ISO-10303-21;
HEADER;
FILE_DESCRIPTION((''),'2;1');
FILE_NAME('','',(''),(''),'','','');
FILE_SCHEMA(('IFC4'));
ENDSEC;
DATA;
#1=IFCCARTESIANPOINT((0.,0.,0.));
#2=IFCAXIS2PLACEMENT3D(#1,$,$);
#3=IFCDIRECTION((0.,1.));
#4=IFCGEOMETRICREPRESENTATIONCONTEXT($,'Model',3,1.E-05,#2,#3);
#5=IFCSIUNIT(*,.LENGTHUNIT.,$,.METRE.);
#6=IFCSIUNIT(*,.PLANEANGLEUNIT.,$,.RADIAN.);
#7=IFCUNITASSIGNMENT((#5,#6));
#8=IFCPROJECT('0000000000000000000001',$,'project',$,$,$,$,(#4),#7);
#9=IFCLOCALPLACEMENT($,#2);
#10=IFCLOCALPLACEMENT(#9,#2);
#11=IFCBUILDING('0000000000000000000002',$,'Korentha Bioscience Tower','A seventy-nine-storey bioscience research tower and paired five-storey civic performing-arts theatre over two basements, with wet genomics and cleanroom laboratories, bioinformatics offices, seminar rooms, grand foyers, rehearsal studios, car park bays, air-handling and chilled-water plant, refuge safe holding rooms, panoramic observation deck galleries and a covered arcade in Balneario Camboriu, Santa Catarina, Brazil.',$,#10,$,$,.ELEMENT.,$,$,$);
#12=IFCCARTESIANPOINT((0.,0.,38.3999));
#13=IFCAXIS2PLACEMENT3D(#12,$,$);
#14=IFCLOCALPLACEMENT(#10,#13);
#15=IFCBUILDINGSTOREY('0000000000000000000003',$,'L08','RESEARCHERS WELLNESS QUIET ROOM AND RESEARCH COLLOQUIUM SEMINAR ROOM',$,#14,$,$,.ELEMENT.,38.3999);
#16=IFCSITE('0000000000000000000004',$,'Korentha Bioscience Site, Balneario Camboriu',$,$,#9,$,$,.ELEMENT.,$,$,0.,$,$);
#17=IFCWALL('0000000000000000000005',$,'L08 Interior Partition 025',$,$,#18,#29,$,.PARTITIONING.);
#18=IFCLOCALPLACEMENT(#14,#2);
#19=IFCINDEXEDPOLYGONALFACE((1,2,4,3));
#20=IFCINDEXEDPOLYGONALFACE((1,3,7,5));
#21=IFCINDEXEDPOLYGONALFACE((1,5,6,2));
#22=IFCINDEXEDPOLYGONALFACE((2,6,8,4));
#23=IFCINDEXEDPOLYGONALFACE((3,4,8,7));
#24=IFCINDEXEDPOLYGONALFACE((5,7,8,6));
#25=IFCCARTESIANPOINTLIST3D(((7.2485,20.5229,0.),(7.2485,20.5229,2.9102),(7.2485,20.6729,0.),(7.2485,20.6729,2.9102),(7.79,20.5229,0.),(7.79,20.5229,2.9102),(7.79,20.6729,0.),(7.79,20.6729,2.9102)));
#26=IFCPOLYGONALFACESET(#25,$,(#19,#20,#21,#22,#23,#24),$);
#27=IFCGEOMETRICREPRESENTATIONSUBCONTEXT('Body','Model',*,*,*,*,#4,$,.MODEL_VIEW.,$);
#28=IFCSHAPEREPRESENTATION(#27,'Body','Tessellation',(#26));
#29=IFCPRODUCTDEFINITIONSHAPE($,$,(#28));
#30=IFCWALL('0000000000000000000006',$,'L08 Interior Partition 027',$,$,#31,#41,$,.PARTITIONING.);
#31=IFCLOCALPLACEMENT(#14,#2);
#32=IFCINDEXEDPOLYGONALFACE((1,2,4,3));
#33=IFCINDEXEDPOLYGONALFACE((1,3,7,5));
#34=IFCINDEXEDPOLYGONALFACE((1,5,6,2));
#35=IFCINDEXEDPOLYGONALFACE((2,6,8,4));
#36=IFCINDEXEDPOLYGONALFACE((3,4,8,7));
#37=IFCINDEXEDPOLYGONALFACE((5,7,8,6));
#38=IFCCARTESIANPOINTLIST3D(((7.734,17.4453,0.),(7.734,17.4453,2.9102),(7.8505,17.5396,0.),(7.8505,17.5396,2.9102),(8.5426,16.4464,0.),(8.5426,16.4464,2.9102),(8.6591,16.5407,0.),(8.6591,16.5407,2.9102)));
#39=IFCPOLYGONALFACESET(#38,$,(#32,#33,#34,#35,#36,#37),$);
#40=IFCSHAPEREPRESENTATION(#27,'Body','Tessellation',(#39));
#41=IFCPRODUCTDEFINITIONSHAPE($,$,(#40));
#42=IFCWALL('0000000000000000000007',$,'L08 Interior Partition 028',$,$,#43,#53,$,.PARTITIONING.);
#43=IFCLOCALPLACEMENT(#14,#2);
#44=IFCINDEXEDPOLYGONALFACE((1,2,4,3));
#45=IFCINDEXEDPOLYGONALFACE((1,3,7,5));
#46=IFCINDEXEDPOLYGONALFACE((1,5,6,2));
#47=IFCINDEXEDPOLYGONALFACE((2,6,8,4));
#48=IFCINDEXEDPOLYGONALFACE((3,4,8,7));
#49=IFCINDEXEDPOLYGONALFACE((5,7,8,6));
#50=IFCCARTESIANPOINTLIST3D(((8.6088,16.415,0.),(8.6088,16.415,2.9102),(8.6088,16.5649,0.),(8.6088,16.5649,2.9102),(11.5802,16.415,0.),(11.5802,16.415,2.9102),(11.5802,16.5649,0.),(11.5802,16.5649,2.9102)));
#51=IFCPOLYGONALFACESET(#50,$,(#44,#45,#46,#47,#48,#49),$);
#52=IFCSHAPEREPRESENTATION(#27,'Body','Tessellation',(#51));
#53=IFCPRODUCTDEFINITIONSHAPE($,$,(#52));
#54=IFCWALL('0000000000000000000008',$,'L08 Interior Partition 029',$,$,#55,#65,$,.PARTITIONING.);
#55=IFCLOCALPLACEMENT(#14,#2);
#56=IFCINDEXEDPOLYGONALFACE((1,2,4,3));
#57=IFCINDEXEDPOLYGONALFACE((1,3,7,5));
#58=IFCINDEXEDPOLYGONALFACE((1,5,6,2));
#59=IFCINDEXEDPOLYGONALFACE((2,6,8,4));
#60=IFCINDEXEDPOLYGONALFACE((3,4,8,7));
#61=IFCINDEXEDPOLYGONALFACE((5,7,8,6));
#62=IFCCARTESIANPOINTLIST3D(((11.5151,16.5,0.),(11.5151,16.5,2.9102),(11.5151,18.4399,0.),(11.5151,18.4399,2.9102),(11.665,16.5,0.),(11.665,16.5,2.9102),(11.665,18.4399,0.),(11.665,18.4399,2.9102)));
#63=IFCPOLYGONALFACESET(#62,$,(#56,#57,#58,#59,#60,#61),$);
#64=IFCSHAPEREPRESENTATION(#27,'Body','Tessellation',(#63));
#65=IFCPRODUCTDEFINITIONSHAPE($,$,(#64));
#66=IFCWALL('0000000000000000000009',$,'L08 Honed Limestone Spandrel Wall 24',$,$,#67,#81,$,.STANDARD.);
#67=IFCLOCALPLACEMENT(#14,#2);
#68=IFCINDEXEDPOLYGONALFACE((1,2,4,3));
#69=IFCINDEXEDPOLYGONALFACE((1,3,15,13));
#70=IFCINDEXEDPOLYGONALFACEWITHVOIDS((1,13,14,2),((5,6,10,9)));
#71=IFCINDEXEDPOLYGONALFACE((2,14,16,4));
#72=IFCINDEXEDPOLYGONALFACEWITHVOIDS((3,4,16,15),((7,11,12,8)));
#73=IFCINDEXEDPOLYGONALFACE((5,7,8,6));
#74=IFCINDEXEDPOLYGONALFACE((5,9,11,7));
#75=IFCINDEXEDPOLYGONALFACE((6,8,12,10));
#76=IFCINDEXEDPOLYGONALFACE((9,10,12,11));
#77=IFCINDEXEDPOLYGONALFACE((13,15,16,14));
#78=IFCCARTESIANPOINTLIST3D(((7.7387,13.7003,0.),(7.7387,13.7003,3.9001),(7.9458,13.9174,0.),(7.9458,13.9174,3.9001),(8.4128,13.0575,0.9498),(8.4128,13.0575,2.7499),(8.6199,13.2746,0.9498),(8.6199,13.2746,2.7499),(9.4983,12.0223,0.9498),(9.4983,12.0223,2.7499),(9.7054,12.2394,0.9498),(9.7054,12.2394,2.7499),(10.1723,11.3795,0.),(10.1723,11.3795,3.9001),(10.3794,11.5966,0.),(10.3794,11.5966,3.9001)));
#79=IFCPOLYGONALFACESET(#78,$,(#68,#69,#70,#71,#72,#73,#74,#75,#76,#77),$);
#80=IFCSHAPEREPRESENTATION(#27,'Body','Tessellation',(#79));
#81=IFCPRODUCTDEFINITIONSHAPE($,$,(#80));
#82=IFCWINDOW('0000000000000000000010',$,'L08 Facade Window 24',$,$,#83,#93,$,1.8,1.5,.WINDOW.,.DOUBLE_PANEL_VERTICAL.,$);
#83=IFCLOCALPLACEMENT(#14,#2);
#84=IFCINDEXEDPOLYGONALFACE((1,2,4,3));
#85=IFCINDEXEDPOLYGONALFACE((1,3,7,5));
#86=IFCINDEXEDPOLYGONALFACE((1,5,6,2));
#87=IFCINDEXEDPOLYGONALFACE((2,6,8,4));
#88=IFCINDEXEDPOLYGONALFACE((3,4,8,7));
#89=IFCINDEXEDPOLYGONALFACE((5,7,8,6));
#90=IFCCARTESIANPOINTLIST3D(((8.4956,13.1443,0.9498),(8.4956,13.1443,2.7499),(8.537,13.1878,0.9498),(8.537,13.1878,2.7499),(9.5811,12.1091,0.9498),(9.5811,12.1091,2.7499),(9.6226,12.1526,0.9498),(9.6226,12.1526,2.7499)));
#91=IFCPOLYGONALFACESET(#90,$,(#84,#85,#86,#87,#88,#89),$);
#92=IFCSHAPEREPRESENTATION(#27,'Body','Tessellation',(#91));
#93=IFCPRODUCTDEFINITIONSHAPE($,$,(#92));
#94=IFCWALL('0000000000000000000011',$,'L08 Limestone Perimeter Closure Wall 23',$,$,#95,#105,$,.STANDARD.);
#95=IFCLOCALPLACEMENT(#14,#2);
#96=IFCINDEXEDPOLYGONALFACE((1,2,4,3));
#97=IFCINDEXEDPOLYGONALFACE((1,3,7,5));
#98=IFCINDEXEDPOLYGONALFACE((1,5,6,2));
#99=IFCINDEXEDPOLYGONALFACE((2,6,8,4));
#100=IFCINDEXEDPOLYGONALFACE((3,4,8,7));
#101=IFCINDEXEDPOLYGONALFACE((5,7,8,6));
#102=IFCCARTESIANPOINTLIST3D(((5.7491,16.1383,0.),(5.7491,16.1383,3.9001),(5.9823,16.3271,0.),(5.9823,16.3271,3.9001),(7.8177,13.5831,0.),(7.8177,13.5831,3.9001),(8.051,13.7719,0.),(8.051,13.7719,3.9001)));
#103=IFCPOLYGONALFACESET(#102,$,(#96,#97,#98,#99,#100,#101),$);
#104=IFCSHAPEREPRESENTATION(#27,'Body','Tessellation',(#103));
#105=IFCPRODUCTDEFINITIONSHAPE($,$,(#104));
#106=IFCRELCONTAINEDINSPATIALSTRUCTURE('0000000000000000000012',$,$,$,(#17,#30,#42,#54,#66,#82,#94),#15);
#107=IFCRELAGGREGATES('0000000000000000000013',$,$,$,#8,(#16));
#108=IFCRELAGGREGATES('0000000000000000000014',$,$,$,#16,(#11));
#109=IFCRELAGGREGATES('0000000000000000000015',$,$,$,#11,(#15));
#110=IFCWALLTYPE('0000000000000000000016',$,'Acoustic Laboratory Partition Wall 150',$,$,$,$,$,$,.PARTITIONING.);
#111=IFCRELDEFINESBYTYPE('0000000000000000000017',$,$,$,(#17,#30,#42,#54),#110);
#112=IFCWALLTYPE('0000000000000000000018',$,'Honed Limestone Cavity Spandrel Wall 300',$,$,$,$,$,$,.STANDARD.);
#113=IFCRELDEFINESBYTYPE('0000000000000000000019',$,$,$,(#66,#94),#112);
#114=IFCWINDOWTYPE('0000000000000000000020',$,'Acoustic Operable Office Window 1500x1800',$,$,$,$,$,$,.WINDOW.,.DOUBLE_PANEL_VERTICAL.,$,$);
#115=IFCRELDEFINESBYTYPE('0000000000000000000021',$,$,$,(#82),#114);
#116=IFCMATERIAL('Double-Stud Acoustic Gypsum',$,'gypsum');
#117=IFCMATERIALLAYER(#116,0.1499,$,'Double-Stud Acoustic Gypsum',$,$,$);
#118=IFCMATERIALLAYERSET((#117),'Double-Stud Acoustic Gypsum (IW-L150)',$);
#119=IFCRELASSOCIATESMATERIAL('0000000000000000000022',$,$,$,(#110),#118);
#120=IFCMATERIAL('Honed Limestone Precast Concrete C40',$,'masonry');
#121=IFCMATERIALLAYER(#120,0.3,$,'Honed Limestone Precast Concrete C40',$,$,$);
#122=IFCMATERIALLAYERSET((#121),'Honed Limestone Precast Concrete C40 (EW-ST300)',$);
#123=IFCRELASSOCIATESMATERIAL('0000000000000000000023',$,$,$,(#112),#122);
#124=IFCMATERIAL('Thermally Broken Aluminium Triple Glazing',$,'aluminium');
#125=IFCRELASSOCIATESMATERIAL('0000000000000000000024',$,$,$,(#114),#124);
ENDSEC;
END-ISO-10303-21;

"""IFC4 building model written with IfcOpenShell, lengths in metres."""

from ifc_helpers import new_model, si_unit, direction, frame, frame_2d, origin, place, context, subcontext, project, spatial, rectangle, extrude, material, layer, layer_set, type_object, element, fill, save


model = new_model("IFC4")

# Units and contexts
model_context = context("Model", 3, precision=1e-05, world=origin(), true_north=direction((0.0, 1.0)))
body_context = subcontext(model_context, "Body", "Model", "MODEL_VIEW")
ifc_project = project(units=[si_unit("LENGTHUNIT", "METRE"), si_unit("PLANEANGLEUNIT", "RADIAN")], contexts=[model_context])

# Site, building, storey
site_placement = place(None, origin())
site = spatial("IfcSite", under=ifc_project, at=site_placement, Name="Korentha Bioscience Site, Balneario Camboriu", CompositionType="ELEMENT", RefElevation=0.0)
building_placement = place(site_placement, origin())
building = spatial("IfcBuilding", under=site, at=building_placement, Name="Korentha Bioscience Tower", Description="A seventy-nine-storey bioscience research tower and paired five-storey civic performing-arts theatre over two basements, with wet genomics and cleanroom laboratories, bioinformatics offices, seminar rooms, grand foyers, rehearsal studios, car park bays, air-handling and chilled-water plant, refuge safe holding rooms, panoramic observation deck galleries and a covered arcade in Balneario Camboriu, Santa Catarina, Brazil.", CompositionType="ELEMENT")
storey_placement = place(building_placement, frame((0.0, 0.0, 38.3999)))
storey = spatial("IfcBuildingStorey", under=building, at=storey_placement, Name="L08", Description="RESEARCHERS WELLNESS QUIET ROOM AND RESEARCH COLLOQUIUM SEMINAR ROOM", CompositionType="ELEMENT", Elevation=38.3999)

# Shared definitions
ifc_material_1 = material(Name="Double-Stud Acoustic Gypsum", Category="gypsum")
ifc_layer_1 = layer(ifc_material_1, 0.1499, Name="Double-Stud Acoustic Gypsum")
ifc_layer_set_1 = layer_set([ifc_layer_1], Name="Double-Stud Acoustic Gypsum (IW-L150)")
wall_type_1 = type_object("IfcWallType", Name="Acoustic Laboratory Partition Wall 150", PredefinedType="PARTITIONING", material=ifc_layer_set_1)

# Walls
wall_1_placement = place(storey_placement, frame((7.2485, 20.5979, 0.0), z_axis=(0.0, 0.0, 1.0), x_axis=(1.0, 0.0, 0.0)))
element("IfcWall", 1, at=wall_1_placement, inside=storey, type_object=wall_type_1, Name="L08 Interior Partition 025", PredefinedType="PARTITIONING", context=body_context, shape_type="SweptSolid", body=[
    extrude(rectangle(XDim=0.5415, YDim=0.1499, at=frame_2d((0.2708, 0.0))), origin(), (0.0, 0.0, 1.0), 2.9102),
])
wall_2_placement = place(storey_placement, frame((7.7922, 17.4924, 0.0), z_axis=(0.0, 0.0, 1.0), x_axis=(0.629226, -0.777223, 0.0)))
element("IfcWall", 2, at=wall_2_placement, inside=storey, type_object=wall_type_1, Name="L08 Interior Partition 027", PredefinedType="PARTITIONING", context=body_context, shape_type="SweptSolid", body=[
    extrude(rectangle(XDim=1.2852, YDim=0.1499, at=frame_2d((0.6426, 0.0))), origin(), (0.0, 0.0, 1.0), 2.9102),
])
wall_3_placement = place(storey_placement, frame((8.6086, 16.49, 0.0), z_axis=(0.0, 0.0, 1.0), x_axis=(1.0, 0.0, 0.0)))
element("IfcWall", 3, at=wall_3_placement, inside=storey, type_object=wall_type_1, Name="L08 Interior Partition 028", PredefinedType="PARTITIONING", context=body_context, shape_type="SweptSolid", body=[
    extrude(rectangle(XDim=2.9714, YDim=0.1499, at=frame_2d((1.4858, 0.0))), origin(), (0.0, 0.0, 1.0), 2.9102),
])
wall_4_placement = place(storey_placement, frame((11.5901, 16.5, 0.0), z_axis=(0.0, 0.0, 1.0), x_axis=(0.0, 1.0, 0.0)))
element("IfcWall", 4, at=wall_4_placement, inside=storey, type_object=wall_type_1, Name="L08 Interior Partition 029", PredefinedType="PARTITIONING", context=body_context, shape_type="SweptSolid", body=[
    extrude(rectangle(XDim=1.9399, YDim=0.1499, at=frame_2d((0.97, 0.0))), origin(), (0.0, 0.0, 1.0), 2.9102),
])

# Wall, opening, window
ifc_material_2 = material(Name="Honed Limestone Precast Concrete C40", Category="masonry")
ifc_layer_2 = layer(ifc_material_2, 0.3, Name="Honed Limestone Precast Concrete C40")
ifc_layer_set_2 = layer_set([ifc_layer_2], Name="Honed Limestone Precast Concrete C40 (EW-ST300)")
wall_type_2 = type_object("IfcWallType", Name="Honed Limestone Cavity Spandrel Wall 300", PredefinedType="STANDARD", material=ifc_layer_set_2)
wall_5_placement = place(storey_placement, frame((7.8423, 13.8088, 0.0), z_axis=(0.0, 0.0, 1.0), x_axis=(0.723679, -0.690137, 0.0)))
wall_5 = element("IfcWall", 5, at=wall_5_placement, inside=storey, type_object=wall_type_2, Name="L08 Honed Limestone Spandrel Wall 24", PredefinedType="STANDARD", context=body_context, shape_type="SweptSolid", body=[
    extrude(rectangle(XDim=3.3628, YDim=0.3, at=frame_2d((1.6814, 0.0))), origin(), (0.0, 0.0, 1.0), 3.9001),
])
opening_1_placement = place(wall_5_placement, frame((0.9314, 0.0, 0.95)))
opening_1 = element("IfcOpeningElement", 6, at=opening_1_placement, cuts=wall_5, PredefinedType="OPENING", context=body_context, shape_type="SweptSolid", body=[
    extrude(rectangle(XDim=1.5, YDim=1.8, at=frame_2d((0.75, 0.8999))), frame((0.0, 0.165, 0.0), z_axis=(0.0, -1.0, 0.0), x_axis=(1.0, 0.0, 0.0)), (0.0, 0.0, 1.0), 0.3298),
])
ifc_material_3 = material(Name="Thermally Broken Aluminium Triple Glazing", Category="aluminium")
window_type = type_object("IfcWindowType", Name="Acoustic Operable Office Window 1500x1800", PartitioningType="DOUBLE_PANEL_VERTICAL", PredefinedType="WINDOW", material=ifc_material_3)
window_placement = place(opening_1_placement, origin())
window = element("IfcWindow", 7, at=window_placement, inside=storey, type_object=window_type, Name="L08 Facade Window 24", OverallHeight=1.8, OverallWidth=1.5, PartitioningType="DOUBLE_PANEL_VERTICAL", PredefinedType="WINDOW", context=body_context, shape_type="SweptSolid", body=[
    extrude(rectangle(XDim=1.5, YDim=1.8, at=frame_2d((0.75, 0.8999))), frame((0.0, 0.03, 0.0), z_axis=(0.0, -1.0, 0.0), x_axis=(1.0, 0.0, 0.0)), (0.0, 0.0, 1.0), 0.0601),
])
fill(opening_1, window)

# Wall
wall_6_placement = place(storey_placement, frame((5.8657, 16.2327, 0.0), z_axis=(0.0, 0.0, 1.0), x_axis=(0.629222, -0.777226, 0.0)))
element("IfcWall", 8, at=wall_6_placement, inside=storey, type_object=wall_type_2, Name="L08 Limestone Perimeter Closure Wall 23", PredefinedType="STANDARD", context=body_context, shape_type="SweptSolid", body=[
    extrude(rectangle(XDim=3.2876, YDim=0.3, at=frame_2d((1.6438, 0.0))), origin(), (0.0, 0.0, 1.0), 3.9001),
])

save(model, "model.ifc")
